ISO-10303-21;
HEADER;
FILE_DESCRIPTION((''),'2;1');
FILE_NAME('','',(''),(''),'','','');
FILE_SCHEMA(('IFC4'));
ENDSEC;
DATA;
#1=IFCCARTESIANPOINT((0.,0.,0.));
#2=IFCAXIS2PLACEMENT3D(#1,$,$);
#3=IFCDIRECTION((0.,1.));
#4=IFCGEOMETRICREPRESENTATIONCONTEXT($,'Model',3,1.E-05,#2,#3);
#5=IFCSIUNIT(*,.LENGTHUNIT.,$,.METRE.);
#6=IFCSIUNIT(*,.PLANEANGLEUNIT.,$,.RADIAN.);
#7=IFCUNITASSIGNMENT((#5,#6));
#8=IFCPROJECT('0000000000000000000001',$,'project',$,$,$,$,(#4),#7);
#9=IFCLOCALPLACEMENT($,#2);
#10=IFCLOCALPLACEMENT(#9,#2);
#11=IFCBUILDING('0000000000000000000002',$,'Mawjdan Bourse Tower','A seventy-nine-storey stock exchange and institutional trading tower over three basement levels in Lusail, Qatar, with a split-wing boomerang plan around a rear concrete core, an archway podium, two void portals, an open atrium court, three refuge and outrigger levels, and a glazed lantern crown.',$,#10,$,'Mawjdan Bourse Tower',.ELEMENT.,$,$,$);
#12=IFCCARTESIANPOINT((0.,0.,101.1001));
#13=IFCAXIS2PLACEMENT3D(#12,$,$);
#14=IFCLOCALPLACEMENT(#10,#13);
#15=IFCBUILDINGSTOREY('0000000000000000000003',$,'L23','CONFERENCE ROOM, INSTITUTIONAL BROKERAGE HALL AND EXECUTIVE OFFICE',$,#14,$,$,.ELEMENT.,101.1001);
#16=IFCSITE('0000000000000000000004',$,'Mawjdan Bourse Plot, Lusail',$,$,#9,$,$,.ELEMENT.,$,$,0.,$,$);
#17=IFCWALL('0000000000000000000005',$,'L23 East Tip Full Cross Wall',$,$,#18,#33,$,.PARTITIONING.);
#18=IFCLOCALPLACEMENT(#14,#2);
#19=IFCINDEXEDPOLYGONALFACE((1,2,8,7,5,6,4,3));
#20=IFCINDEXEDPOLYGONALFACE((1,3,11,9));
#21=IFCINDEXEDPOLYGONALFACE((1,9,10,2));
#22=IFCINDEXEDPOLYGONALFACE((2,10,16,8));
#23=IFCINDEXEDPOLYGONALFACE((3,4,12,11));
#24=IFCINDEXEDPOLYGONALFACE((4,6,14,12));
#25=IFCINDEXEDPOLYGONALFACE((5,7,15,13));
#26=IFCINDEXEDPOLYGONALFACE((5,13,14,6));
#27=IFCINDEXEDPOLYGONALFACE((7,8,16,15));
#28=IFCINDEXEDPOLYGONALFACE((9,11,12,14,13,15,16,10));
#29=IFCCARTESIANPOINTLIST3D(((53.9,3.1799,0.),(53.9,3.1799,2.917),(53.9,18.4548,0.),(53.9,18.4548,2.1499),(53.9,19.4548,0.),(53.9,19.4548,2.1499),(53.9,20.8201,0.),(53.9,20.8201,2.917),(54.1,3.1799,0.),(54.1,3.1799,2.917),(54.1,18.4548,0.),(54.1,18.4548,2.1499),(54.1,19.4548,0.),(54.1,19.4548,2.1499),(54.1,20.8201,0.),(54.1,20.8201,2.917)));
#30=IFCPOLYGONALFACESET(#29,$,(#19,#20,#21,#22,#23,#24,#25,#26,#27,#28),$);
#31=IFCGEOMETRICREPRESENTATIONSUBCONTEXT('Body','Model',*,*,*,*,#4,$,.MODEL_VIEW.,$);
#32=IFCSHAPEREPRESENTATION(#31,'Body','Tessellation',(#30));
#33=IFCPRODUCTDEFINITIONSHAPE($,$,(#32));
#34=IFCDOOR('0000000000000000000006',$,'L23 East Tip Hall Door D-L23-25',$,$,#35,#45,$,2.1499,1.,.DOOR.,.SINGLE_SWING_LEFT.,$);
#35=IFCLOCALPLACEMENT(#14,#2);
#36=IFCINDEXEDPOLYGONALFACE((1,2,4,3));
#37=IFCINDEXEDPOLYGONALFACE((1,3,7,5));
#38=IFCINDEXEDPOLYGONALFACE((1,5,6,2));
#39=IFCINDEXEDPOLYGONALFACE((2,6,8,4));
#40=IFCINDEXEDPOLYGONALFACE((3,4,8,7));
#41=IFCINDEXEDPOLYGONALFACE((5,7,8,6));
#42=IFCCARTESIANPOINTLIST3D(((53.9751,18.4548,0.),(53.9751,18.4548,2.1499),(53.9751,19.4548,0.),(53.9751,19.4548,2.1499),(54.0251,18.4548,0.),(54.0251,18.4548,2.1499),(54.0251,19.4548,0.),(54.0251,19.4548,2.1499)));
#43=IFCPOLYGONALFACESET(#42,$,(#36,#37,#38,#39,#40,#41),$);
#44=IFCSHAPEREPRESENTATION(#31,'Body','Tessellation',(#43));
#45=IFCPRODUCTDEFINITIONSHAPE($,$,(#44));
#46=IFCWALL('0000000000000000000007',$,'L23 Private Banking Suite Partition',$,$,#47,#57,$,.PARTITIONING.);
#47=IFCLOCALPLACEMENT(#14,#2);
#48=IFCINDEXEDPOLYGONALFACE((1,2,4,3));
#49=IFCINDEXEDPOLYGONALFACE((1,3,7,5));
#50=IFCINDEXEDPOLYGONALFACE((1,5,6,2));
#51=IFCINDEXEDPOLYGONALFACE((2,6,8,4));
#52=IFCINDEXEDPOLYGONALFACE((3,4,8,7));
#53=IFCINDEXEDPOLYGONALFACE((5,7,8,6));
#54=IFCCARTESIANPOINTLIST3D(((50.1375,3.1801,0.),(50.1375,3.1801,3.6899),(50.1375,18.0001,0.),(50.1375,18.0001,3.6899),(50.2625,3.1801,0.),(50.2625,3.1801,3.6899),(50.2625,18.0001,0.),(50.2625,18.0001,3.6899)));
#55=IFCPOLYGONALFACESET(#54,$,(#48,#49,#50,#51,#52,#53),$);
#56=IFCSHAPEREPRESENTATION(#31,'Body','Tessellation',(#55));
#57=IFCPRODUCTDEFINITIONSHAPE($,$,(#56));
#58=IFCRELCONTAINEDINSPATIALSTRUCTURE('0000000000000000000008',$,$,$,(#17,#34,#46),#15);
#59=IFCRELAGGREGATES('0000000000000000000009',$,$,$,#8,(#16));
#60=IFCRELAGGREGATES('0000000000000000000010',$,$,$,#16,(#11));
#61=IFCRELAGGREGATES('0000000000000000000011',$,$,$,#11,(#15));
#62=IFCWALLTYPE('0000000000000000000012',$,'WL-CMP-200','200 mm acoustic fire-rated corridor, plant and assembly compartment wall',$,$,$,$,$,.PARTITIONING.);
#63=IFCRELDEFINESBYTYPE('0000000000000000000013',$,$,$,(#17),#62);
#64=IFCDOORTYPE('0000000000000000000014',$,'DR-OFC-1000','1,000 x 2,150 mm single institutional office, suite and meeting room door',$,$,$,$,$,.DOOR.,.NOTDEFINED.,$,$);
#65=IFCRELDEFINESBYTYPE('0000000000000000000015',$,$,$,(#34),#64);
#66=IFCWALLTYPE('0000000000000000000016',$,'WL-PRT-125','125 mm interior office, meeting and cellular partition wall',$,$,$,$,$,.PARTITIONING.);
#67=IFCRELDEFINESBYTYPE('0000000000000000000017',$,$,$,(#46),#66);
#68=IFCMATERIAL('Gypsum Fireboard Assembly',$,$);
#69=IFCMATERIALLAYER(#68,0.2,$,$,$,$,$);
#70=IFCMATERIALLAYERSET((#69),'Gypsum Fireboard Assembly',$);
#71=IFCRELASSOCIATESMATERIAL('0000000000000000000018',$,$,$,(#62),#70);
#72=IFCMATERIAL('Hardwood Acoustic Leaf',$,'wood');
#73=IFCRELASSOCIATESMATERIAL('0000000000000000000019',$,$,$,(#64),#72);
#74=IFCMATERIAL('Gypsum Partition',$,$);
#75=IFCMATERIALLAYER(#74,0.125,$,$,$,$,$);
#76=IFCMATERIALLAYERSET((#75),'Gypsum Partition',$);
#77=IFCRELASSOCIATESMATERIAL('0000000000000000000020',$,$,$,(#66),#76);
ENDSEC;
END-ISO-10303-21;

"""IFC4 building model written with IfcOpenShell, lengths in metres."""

from ifc_helpers import new_model, si_unit, direction, frame, frame_2d, origin, place, context, subcontext, project, spatial, rectangle, extrude, material, layer, layer_set, type_object, element, fill, save


model = new_model("IFC4")

# Units and contexts
model_context = context("Model", 3, precision=1e-05, world=origin(), true_north=direction((0.0, 1.0)))
body_context = subcontext(model_context, "Body", "Model", "MODEL_VIEW")
ifc_project = project(units=[si_unit("LENGTHUNIT", "METRE"), si_unit("PLANEANGLEUNIT", "RADIAN")], contexts=[model_context])

# Site, building, storey
site_placement = place(None, origin())
site = spatial("IfcSite", under=ifc_project, at=site_placement, Name="Mawjdan Bourse Plot, Lusail", CompositionType="ELEMENT", RefElevation=0.0)
building_placement = place(site_placement, origin())
building = spatial("IfcBuilding", under=site, at=building_placement, Name="Mawjdan Bourse Tower", Description="A seventy-nine-storey stock exchange and institutional trading tower over three basement levels in Lusail, Qatar, with a split-wing boomerang plan around a rear concrete core, an archway podium, two void portals, an open atrium court, three refuge and outrigger levels, and a glazed lantern crown.", LongName="Mawjdan Bourse Tower", CompositionType="ELEMENT")
storey_placement = place(building_placement, frame((0.0, 0.0, 101.1001)))
storey = spatial("IfcBuildingStorey", under=building, at=storey_placement, Name="L23", Description="CONFERENCE ROOM, INSTITUTIONAL BROKERAGE HALL AND EXECUTIVE OFFICE", CompositionType="ELEMENT", Elevation=101.1001)

# Wall, opening, door
ifc_material_1 = material(Name="Gypsum Fireboard Assembly")
ifc_layer_1 = layer(ifc_material_1, 0.2)
ifc_layer_set_1 = layer_set([ifc_layer_1], Name="Gypsum Fireboard Assembly")
wall_type_1 = type_object("IfcWallType", Name="WL-CMP-200", Description="200 mm acoustic fire-rated corridor, plant and assembly compartment wall", PredefinedType="PARTITIONING", material=ifc_layer_set_1)
wall_1_placement = place(storey_placement, frame((54.0, 3.1799, 0.0), z_axis=(0.0, 0.0, 1.0), x_axis=(0.0, 1.0, 0.0)))
wall_1 = element("IfcWall", 1, at=wall_1_placement, inside=storey, type_object=wall_type_1, Name="L23 East Tip Full Cross Wall", PredefinedType="PARTITIONING", context=body_context, shape_type="SweptSolid", body=[
    extrude(rectangle(XDim=17.6401, YDim=0.2, at=frame_2d((8.8201, 0.0))), origin(), (0.0, 0.0, 1.0), 2.917),
])
opening_1_placement = place(wall_1_placement, frame((15.2749, 0.0, 0.0)))
opening_1 = element("IfcOpeningElement", 2, at=opening_1_placement, cuts=wall_1, PredefinedType="OPENING", context=body_context, shape_type="SweptSolid", body=[
    extrude(rectangle(XDim=1.0, YDim=2.1499, at=frame_2d((0.5, 1.075))), frame((0.0, 0.1099, 0.0), z_axis=(0.0, -1.0, 0.0), x_axis=(1.0, 0.0, 0.0)), (0.0, 0.0, 1.0), 0.22),
])
ifc_material_2 = material(Name="Hardwood Acoustic Leaf", Category="wood")
door_type = type_object("IfcDoorType", Name="DR-OFC-1000", Description="1,000 x 2,150 mm single institutional office, suite and meeting room door", OperationType="NOTDEFINED", PredefinedType="DOOR", material=ifc_material_2)
door_placement = place(opening_1_placement, origin())
door = element("IfcDoor", 3, at=door_placement, inside=storey, type_object=door_type, Name="L23 East Tip Hall Door D-L23-25", OperationType="SINGLE_SWING_LEFT", OverallHeight=2.1499, OverallWidth=1.0, PredefinedType="DOOR", context=body_context, shape_type="SweptSolid", body=[
    extrude(rectangle(XDim=1.0, YDim=2.1499, at=frame_2d((0.5, 1.075))), frame((0.0, 0.0249, 0.0), z_axis=(0.0, -1.0, 0.0), x_axis=(1.0, 0.0, 0.0)), (0.0, 0.0, 1.0), 0.05),
])
fill(opening_1, door)

# Wall
ifc_material_3 = material(Name="Gypsum Partition")
ifc_layer_2 = layer(ifc_material_3, 0.125)
ifc_layer_set_2 = layer_set([ifc_layer_2], Name="Gypsum Partition")
wall_type_2 = type_object("IfcWallType", Name="WL-PRT-125", Description="125 mm interior office, meeting and cellular partition wall", PredefinedType="PARTITIONING", material=ifc_layer_set_2)
wall_2_placement = place(storey_placement, frame((50.2, 3.1799, 0.0), z_axis=(0.0, 0.0, 1.0), x_axis=(0.0, 1.0, 0.0)))
element("IfcWall", 4, at=wall_2_placement, inside=storey, type_object=wall_type_2, Name="L23 Private Banking Suite Partition", PredefinedType="PARTITIONING", context=body_context, shape_type="SweptSolid", body=[
    extrude(rectangle(XDim=14.8201, YDim=0.125, at=frame_2d((7.4102, 0.0))), origin(), (0.0, 0.0, 1.0), 3.6899),
])

save(model, "model.ifc")
